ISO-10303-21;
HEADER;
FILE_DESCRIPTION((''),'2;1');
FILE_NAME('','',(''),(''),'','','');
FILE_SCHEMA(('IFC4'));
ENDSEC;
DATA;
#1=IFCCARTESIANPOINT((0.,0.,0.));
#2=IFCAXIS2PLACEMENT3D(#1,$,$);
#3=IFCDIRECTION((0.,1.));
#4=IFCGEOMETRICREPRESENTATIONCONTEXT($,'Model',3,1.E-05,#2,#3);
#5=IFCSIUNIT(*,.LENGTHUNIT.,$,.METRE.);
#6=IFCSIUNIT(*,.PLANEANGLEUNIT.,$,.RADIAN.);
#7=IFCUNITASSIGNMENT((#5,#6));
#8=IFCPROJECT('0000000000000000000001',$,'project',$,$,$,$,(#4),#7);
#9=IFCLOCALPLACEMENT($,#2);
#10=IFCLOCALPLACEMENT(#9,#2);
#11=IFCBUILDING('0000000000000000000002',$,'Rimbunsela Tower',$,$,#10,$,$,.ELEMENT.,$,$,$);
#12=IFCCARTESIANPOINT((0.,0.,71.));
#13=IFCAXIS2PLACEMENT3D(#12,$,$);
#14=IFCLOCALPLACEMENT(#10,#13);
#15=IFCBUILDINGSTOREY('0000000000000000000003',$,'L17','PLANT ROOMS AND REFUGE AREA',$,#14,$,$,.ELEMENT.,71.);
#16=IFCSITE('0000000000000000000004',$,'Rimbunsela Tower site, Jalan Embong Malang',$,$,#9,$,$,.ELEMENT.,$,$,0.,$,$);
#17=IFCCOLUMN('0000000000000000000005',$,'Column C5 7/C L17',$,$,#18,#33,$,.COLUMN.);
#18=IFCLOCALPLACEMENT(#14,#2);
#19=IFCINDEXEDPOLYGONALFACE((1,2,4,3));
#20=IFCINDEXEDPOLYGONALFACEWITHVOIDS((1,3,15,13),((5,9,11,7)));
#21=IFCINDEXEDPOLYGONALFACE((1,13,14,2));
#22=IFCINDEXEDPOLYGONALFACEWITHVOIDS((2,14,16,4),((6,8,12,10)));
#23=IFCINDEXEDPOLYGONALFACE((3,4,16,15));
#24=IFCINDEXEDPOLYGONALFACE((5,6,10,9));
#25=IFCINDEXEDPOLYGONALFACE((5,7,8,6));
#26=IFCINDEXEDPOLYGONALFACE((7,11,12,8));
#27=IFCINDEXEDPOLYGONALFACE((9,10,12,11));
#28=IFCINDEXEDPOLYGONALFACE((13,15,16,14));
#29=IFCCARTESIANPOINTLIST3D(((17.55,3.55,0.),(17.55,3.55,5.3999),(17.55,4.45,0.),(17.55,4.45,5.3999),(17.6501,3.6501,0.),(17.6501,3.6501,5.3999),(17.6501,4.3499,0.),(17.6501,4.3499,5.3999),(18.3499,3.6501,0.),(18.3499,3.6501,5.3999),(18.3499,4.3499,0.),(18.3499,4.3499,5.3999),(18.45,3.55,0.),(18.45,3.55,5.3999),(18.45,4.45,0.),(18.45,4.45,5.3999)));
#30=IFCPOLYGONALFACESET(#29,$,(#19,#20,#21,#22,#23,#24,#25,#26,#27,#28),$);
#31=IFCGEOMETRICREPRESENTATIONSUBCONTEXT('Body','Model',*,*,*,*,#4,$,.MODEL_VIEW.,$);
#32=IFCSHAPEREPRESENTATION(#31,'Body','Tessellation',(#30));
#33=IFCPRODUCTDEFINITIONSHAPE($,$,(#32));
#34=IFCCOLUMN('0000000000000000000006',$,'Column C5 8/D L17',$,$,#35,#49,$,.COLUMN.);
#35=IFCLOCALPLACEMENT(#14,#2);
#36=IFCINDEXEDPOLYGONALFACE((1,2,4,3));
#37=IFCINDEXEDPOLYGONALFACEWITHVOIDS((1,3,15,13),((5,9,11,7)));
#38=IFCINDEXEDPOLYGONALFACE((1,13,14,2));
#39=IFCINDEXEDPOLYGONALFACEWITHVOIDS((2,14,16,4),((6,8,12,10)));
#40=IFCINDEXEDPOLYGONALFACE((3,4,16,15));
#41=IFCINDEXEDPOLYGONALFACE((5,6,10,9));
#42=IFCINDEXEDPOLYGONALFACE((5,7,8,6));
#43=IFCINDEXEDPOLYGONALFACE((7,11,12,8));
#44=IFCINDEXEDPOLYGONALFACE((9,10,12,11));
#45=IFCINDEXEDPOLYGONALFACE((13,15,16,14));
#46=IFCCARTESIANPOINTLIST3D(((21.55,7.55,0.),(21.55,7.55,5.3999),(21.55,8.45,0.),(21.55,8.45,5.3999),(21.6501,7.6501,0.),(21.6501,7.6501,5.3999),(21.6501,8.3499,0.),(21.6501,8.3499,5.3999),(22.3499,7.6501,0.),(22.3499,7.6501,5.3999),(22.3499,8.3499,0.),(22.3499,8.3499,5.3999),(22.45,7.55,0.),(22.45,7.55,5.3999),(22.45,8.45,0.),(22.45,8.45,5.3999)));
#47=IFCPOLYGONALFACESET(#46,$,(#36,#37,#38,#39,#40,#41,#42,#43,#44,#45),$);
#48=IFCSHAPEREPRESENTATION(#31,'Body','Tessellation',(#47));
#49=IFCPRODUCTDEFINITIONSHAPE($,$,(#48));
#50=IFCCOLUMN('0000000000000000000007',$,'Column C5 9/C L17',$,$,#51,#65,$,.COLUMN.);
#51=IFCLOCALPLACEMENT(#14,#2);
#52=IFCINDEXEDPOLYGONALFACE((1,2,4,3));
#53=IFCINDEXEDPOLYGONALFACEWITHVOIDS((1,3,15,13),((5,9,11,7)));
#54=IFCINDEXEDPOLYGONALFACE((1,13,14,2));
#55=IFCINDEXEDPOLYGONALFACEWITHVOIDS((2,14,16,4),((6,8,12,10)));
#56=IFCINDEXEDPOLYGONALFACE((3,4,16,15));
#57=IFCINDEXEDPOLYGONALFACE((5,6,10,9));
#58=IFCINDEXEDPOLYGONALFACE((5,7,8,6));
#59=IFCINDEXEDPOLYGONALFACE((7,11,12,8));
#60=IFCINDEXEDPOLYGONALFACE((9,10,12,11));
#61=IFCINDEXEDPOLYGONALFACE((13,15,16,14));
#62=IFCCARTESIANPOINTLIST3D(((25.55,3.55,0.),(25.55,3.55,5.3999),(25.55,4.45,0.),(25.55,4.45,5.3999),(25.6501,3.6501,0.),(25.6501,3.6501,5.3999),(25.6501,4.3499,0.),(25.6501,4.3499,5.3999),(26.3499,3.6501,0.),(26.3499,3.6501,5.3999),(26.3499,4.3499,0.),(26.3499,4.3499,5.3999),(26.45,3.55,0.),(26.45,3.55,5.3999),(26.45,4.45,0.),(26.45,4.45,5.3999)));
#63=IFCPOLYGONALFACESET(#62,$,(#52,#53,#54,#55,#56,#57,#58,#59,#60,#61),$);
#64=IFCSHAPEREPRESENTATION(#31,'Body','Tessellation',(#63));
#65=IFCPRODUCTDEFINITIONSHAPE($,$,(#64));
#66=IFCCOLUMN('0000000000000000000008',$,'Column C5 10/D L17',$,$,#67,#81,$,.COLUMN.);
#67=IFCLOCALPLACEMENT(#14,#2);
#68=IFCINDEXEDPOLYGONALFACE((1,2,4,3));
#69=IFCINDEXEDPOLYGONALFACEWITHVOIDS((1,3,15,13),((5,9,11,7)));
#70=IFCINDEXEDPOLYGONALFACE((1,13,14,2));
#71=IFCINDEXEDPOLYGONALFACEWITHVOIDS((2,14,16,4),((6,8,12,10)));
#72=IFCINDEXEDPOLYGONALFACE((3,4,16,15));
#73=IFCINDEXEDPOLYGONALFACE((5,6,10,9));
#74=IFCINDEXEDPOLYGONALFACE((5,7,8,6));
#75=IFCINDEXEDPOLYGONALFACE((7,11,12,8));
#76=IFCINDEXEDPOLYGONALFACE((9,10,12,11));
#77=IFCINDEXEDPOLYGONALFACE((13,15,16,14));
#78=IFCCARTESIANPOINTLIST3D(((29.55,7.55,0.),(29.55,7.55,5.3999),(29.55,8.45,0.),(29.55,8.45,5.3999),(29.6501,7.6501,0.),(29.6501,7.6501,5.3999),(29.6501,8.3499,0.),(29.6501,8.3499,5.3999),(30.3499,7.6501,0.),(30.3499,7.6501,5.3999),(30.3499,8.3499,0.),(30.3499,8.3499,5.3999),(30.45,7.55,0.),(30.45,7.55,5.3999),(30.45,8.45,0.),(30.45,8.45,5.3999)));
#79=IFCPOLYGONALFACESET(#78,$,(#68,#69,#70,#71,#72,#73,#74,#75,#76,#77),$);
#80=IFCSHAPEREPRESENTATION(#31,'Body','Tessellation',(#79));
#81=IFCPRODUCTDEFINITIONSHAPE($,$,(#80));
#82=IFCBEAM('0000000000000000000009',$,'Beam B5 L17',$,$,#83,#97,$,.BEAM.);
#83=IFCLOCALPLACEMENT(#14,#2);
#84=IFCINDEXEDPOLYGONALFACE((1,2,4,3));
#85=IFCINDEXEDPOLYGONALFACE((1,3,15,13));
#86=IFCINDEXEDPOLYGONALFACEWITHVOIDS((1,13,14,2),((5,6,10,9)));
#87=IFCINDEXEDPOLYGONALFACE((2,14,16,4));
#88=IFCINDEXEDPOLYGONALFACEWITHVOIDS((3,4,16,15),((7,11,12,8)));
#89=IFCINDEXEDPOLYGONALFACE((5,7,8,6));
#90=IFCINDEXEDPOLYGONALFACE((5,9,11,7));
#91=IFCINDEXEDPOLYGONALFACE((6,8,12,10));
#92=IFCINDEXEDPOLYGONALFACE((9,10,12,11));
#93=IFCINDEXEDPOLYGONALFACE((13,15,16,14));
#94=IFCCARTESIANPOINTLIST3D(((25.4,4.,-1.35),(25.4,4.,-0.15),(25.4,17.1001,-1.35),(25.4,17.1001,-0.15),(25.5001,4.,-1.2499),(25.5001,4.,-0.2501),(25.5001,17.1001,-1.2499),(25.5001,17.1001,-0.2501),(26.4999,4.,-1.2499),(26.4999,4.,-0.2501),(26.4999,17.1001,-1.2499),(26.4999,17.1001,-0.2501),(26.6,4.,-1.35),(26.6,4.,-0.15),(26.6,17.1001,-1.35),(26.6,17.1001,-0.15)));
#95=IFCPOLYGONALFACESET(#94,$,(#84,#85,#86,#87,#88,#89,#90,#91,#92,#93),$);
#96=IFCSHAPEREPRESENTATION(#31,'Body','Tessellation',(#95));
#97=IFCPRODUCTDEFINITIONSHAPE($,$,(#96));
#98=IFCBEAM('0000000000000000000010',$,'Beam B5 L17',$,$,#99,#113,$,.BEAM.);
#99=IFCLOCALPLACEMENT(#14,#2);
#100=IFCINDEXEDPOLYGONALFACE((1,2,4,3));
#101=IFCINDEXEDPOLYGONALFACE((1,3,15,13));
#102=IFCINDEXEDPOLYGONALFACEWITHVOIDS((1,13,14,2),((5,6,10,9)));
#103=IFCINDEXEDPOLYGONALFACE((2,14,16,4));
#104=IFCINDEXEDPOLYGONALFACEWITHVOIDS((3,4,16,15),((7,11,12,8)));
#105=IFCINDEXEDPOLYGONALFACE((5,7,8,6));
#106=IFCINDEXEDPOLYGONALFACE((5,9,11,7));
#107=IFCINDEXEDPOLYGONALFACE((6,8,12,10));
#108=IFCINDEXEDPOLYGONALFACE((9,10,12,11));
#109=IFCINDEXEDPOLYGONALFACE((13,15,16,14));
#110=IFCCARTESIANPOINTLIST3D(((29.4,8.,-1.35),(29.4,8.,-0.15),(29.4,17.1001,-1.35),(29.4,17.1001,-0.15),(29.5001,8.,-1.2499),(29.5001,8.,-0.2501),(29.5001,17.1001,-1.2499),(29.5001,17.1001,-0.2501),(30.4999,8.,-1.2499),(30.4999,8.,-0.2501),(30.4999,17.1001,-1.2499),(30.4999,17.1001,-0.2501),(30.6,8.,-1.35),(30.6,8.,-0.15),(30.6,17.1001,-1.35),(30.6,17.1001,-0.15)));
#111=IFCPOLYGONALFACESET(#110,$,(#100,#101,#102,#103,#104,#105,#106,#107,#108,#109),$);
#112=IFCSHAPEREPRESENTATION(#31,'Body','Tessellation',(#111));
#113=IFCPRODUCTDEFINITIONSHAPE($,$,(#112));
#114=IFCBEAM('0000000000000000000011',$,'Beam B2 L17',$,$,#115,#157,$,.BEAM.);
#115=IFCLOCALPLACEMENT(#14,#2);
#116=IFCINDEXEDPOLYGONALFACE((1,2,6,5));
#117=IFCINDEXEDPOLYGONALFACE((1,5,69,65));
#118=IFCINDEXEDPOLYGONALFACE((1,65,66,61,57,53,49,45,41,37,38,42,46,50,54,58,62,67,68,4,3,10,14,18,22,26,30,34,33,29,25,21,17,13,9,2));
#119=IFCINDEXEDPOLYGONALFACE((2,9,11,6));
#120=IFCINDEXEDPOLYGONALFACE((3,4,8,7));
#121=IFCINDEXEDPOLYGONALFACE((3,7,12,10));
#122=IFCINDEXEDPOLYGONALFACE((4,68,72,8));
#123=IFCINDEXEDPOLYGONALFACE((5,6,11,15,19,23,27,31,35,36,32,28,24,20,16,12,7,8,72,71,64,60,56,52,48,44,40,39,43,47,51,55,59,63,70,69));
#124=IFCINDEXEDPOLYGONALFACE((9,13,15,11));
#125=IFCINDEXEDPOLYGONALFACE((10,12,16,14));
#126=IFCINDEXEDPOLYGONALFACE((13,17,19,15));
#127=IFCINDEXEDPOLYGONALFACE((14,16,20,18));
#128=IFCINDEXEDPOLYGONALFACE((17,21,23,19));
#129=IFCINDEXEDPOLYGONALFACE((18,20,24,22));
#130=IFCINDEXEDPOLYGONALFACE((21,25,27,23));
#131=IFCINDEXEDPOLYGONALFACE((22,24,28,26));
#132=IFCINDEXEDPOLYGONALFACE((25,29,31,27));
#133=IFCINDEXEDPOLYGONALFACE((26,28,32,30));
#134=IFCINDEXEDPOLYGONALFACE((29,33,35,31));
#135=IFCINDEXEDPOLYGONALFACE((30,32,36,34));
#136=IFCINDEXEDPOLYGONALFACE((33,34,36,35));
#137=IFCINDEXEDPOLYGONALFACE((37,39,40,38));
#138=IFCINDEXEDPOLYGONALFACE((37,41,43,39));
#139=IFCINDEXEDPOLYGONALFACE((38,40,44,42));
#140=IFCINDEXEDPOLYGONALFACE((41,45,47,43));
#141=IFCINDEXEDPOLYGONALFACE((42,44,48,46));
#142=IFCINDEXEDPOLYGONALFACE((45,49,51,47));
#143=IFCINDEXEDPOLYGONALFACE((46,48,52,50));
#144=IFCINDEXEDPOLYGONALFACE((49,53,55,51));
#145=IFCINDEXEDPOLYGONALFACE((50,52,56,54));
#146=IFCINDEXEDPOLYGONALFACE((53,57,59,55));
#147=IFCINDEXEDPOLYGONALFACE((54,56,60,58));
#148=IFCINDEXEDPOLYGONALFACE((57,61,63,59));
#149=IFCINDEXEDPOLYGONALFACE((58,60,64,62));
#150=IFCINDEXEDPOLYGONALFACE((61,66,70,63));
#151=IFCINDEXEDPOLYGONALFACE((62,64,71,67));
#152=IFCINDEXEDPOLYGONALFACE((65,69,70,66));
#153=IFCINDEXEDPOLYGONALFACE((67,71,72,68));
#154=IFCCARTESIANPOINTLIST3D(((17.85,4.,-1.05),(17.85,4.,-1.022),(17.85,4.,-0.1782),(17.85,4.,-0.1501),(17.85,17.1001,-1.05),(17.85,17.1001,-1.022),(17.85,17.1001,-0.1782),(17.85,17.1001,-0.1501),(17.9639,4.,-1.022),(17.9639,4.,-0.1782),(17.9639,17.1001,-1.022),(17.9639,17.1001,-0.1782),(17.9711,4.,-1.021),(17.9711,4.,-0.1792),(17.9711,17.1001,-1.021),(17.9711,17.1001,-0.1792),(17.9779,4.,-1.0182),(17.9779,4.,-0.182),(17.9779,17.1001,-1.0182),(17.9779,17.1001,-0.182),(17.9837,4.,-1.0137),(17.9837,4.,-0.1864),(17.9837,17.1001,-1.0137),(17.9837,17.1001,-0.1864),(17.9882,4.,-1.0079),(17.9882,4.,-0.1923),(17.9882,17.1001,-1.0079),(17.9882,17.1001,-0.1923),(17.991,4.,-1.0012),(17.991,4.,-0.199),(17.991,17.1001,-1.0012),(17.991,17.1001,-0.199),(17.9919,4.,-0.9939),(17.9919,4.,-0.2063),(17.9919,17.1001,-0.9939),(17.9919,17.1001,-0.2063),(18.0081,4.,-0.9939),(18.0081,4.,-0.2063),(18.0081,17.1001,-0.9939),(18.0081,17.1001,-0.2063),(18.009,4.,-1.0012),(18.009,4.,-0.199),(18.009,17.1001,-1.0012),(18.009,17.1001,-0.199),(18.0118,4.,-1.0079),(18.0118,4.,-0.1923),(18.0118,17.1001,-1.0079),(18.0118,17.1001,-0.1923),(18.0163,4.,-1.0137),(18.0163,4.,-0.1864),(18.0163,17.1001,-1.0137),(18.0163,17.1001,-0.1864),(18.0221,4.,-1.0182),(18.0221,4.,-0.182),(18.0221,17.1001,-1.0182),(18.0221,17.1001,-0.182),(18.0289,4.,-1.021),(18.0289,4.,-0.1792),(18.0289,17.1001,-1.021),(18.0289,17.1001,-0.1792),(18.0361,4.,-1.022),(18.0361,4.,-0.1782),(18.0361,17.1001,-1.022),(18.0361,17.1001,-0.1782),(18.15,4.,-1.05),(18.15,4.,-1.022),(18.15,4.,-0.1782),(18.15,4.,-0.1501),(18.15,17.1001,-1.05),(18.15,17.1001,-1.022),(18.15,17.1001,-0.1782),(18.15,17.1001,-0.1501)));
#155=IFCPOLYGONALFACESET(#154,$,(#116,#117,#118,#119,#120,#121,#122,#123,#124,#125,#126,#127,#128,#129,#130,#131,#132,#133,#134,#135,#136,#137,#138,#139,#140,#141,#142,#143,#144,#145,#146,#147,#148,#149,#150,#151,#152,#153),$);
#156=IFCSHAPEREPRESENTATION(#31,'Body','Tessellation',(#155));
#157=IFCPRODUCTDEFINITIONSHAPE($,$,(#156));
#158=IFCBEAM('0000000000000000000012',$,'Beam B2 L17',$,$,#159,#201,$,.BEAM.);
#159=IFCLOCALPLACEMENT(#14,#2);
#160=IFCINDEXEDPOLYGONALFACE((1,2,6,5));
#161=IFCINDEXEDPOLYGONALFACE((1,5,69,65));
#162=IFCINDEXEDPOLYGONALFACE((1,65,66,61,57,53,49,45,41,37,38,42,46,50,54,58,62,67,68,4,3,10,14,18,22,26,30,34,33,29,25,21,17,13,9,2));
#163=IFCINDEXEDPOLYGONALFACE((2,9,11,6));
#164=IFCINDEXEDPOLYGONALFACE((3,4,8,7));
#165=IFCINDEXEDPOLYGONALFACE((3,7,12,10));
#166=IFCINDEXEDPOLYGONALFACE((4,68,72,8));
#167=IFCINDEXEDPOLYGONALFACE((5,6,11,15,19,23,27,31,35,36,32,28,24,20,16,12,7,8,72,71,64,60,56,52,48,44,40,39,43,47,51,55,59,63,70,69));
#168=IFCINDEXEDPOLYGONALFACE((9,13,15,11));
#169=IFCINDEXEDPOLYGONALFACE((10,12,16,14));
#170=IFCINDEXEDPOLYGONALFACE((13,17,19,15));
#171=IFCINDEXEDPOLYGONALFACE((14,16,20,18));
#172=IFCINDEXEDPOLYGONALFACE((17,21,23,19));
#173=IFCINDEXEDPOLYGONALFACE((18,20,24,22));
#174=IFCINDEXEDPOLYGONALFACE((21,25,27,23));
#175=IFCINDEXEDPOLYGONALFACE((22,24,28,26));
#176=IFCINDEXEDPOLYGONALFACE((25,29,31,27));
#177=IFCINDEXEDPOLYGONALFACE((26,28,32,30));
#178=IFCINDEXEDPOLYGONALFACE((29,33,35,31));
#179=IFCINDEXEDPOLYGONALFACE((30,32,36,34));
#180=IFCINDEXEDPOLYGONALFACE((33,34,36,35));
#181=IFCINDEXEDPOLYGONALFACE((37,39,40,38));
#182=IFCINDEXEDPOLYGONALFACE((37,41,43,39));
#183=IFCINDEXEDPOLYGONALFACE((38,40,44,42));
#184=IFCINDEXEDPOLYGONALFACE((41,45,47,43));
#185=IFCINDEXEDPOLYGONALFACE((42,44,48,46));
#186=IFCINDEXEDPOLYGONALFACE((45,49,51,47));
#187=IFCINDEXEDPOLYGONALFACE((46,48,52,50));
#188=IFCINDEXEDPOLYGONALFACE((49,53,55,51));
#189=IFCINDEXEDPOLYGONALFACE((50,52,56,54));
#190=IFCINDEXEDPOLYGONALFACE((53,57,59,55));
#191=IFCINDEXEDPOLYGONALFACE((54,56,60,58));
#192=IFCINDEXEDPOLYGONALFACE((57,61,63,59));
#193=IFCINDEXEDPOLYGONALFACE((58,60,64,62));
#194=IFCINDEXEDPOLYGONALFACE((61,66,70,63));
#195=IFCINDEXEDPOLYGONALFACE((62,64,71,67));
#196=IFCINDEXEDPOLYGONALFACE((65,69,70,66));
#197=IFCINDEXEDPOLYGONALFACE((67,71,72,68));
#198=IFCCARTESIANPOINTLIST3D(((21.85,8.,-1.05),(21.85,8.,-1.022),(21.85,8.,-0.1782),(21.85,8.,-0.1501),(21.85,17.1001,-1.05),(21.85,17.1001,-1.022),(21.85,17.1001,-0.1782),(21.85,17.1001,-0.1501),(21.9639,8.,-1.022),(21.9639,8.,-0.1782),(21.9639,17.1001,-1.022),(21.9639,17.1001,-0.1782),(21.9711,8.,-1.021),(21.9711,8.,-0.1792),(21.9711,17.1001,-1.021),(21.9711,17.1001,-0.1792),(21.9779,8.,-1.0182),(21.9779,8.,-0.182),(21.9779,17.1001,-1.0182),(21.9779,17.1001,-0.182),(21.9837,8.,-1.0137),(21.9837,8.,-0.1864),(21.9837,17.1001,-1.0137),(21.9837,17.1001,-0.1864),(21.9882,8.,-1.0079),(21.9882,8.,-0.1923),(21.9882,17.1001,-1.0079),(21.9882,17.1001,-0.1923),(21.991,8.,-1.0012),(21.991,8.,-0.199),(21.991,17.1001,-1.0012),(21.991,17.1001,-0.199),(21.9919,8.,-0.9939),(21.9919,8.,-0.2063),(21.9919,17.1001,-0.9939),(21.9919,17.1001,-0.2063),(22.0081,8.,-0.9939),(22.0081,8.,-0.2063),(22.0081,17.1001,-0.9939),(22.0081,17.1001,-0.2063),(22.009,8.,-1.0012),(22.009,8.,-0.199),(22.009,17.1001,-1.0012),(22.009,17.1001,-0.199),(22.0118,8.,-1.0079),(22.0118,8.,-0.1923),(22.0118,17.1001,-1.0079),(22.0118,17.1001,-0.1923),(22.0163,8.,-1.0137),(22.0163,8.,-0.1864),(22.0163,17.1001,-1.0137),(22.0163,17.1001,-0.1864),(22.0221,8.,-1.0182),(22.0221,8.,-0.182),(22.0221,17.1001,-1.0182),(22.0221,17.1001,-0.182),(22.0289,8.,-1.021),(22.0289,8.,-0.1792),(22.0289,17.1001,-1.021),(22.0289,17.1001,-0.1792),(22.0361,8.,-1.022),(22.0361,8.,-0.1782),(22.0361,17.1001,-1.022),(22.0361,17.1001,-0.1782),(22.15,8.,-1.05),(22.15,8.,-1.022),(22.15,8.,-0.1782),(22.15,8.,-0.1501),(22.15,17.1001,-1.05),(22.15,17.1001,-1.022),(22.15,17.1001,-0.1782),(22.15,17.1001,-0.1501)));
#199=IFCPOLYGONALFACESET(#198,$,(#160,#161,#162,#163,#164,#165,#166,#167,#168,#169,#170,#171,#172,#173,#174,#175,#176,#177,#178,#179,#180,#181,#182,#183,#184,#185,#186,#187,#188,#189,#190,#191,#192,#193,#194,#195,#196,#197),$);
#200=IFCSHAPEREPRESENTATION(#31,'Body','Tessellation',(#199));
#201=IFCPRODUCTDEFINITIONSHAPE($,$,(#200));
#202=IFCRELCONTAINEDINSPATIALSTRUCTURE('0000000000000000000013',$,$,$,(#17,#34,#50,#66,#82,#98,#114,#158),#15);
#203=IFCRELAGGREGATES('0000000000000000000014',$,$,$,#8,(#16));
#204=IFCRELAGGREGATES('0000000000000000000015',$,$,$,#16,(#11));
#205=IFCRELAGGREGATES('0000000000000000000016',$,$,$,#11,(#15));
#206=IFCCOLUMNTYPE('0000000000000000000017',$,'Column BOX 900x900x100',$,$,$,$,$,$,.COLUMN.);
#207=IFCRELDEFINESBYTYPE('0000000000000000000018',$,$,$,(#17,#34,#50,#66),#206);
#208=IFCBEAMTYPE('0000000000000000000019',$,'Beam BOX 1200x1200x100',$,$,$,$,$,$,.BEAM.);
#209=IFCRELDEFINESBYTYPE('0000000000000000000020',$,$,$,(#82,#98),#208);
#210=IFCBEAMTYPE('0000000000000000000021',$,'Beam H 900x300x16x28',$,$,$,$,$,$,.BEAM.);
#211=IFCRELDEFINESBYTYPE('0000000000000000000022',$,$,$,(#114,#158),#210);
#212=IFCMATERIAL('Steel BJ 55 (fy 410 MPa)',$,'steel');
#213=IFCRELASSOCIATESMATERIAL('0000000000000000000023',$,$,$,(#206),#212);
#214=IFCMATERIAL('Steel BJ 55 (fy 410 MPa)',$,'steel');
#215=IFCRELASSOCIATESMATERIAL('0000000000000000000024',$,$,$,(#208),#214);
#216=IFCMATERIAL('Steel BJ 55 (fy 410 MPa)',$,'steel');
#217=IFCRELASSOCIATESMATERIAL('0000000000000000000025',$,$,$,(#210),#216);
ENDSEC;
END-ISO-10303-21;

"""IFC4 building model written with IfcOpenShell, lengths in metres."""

from ifc_helpers import new_model, si_unit, direction, frame, origin, origin_2d, place, context, subcontext, project, spatial, hollow_rectangle, i_section, extrude, material, material_profile, profile_set, type_object, element, save


model = new_model("IFC4")

# Units and contexts
model_context = context("Model", 3, precision=1e-05, world=origin(), true_north=direction((0.0, 1.0)))
body_context = subcontext(model_context, "Body", "Model", "MODEL_VIEW")
ifc_project = project(units=[si_unit("LENGTHUNIT", "METRE"), si_unit("PLANEANGLEUNIT", "RADIAN")], contexts=[model_context])

# Site, building, storey
site_placement = place(None, origin())
site = spatial("IfcSite", under=ifc_project, at=site_placement, Name="Rimbunsela Tower site, Jalan Embong Malang", CompositionType="ELEMENT", RefElevation=0.0)
building_placement = place(site_placement, origin())
building = spatial("IfcBuilding", under=site, at=building_placement, Name="Rimbunsela Tower", CompositionType="ELEMENT")
storey_placement = place(building_placement, frame((0.0, 0.0, 71.0)))
storey = spatial("IfcBuildingStorey", under=building, at=storey_placement, Name="L17", Description="PLANT ROOMS AND REFUGE AREA", CompositionType="ELEMENT", Elevation=71.0)

# Columns
ifc_material_1 = material(Name="Steel BJ 55 (fy 410 MPa)", Category="steel")
ifc_material_profile_1 = material_profile(ifc_material_1, hollow_rectangle(XDim=0.8999, YDim=0.8999, WallThickness=0.1001, at=origin_2d()), Name="BOX 900x900x100")
ifc_profile_set_1 = profile_set([ifc_material_profile_1], Name="Steel BJ 55 (fy 410 MPa)")
column_type = type_object("IfcColumnType", Name="Column BOX 900x900x100", PredefinedType="COLUMN", material=ifc_profile_set_1)
for number, where, z_axis, x_axis, name in (
    (1, (18.0, 4.0, 0.0), (0.0, 0.0, 1.0), (1.0, 0.0, 0.0), "Column C5 7/C L17"),
    (2, (22.0, 8.0, 0.0), (0.0, 0.0, 1.0), (1.0, 0.0, 0.0), "Column C5 8/D L17"),
    (3, (26.0, 4.0, 0.0), (0.0, 0.0, 1.0), (1.0, 0.0, 0.0), "Column C5 9/C L17"),
    (4, (30.0, 8.0, 0.0), (0.0, 0.0, 1.0), (1.0, 0.0, 0.0), "Column C5 10/D L17"),
):
    element("IfcColumn", number, at=place(storey_placement, frame(where, z_axis=z_axis, x_axis=x_axis)), inside=storey, type_object=column_type, Name=name, PredefinedType="COLUMN", context=body_context, shape_type="SweptSolid", body=[
        extrude(hollow_rectangle(XDim=0.8999, YDim=0.8999, WallThickness=0.1001, at=origin_2d()), origin(), (0.0, 0.0, 1.0), 5.3999),
    ])

# Beams
ifc_material_2 = material(Name="Steel BJ 55 (fy 410 MPa)", Category="steel")
ifc_material_profile_2 = material_profile(ifc_material_2, hollow_rectangle(XDim=1.2, YDim=1.2, WallThickness=0.1001, at=origin_2d()), Name="BOX 1200x1200x100")
ifc_profile_set_2 = profile_set([ifc_material_profile_2], Name="Steel BJ 55 (fy 410 MPa)")
beam_type_1 = type_object("IfcBeamType", Name="Beam BOX 1200x1200x100", PredefinedType="BEAM", material=ifc_profile_set_2)
beam_1_placement = place(storey_placement, frame((26.0, 4.0, -0.75), z_axis=(0.0, 1.0, 0.0), x_axis=(-1.0, 0.0, 0.0)))
element("IfcBeam", 5, at=beam_1_placement, inside=storey, type_object=beam_type_1, Name="Beam B5 L17", PredefinedType="BEAM", context=body_context, shape_type="SweptSolid", body=[
    extrude(hollow_rectangle(XDim=1.2, YDim=1.2, WallThickness=0.1001, at=origin_2d()), origin(), (0.0, 0.0, 1.0), 13.1001),
])
beam_2_placement = place(storey_placement, frame((30.0, 8.0, -0.75), z_axis=(0.0, 1.0, 0.0), x_axis=(-1.0, 0.0, 0.0)))
element("IfcBeam", 6, at=beam_2_placement, inside=storey, type_object=beam_type_1, Name="Beam B5 L17", PredefinedType="BEAM", context=body_context, shape_type="SweptSolid", body=[
    extrude(hollow_rectangle(XDim=1.2, YDim=1.2, WallThickness=0.1001, at=origin_2d()), origin(), (0.0, 0.0, 1.0), 9.1001),
])
ifc_material_3 = material(Name="Steel BJ 55 (fy 410 MPa)", Category="steel")
ifc_material_profile_3 = material_profile(ifc_material_3, i_section(OverallWidth=0.3, OverallDepth=0.8999, WebThickness=0.0161, FlangeThickness=0.0281, FilletRadius=0.0281, at=origin_2d()), Name="H 900x300x16x28")
ifc_profile_set_3 = profile_set([ifc_material_profile_3], Name="Steel BJ 55 (fy 410 MPa)")
beam_type_2 = type_object("IfcBeamType", Name="Beam H 900x300x16x28", PredefinedType="BEAM", material=ifc_profile_set_3)
beam_3_placement = place(storey_placement, frame((18.0, 4.0, -0.6001), z_axis=(0.0, 1.0, 0.0), x_axis=(-1.0, 0.0, 0.0)))
element("IfcBeam", 7, at=beam_3_placement, inside=storey, type_object=beam_type_2, Name="Beam B2 L17", PredefinedType="BEAM", context=body_context, shape_type="SweptSolid", body=[
    extrude(i_section(OverallWidth=0.3, OverallDepth=0.8999, WebThickness=0.0161, FlangeThickness=0.0281, FilletRadius=0.0281, at=origin_2d()), origin(), (0.0, 0.0, 1.0), 13.1001),
])
beam_4_placement = place(storey_placement, frame((22.0, 8.0, -0.6001), z_axis=(0.0, 1.0, 0.0), x_axis=(-1.0, 0.0, 0.0)))
element("IfcBeam", 8, at=beam_4_placement, inside=storey, type_object=beam_type_2, Name="Beam B2 L17", PredefinedType="BEAM", context=body_context, shape_type="SweptSolid", body=[
    extrude(i_section(OverallWidth=0.3, OverallDepth=0.8999, WebThickness=0.0161, FlangeThickness=0.0281, FilletRadius=0.0281, at=origin_2d()), origin(), (0.0, 0.0, 1.0), 9.1001),
])

save(model, "model.ifc")
